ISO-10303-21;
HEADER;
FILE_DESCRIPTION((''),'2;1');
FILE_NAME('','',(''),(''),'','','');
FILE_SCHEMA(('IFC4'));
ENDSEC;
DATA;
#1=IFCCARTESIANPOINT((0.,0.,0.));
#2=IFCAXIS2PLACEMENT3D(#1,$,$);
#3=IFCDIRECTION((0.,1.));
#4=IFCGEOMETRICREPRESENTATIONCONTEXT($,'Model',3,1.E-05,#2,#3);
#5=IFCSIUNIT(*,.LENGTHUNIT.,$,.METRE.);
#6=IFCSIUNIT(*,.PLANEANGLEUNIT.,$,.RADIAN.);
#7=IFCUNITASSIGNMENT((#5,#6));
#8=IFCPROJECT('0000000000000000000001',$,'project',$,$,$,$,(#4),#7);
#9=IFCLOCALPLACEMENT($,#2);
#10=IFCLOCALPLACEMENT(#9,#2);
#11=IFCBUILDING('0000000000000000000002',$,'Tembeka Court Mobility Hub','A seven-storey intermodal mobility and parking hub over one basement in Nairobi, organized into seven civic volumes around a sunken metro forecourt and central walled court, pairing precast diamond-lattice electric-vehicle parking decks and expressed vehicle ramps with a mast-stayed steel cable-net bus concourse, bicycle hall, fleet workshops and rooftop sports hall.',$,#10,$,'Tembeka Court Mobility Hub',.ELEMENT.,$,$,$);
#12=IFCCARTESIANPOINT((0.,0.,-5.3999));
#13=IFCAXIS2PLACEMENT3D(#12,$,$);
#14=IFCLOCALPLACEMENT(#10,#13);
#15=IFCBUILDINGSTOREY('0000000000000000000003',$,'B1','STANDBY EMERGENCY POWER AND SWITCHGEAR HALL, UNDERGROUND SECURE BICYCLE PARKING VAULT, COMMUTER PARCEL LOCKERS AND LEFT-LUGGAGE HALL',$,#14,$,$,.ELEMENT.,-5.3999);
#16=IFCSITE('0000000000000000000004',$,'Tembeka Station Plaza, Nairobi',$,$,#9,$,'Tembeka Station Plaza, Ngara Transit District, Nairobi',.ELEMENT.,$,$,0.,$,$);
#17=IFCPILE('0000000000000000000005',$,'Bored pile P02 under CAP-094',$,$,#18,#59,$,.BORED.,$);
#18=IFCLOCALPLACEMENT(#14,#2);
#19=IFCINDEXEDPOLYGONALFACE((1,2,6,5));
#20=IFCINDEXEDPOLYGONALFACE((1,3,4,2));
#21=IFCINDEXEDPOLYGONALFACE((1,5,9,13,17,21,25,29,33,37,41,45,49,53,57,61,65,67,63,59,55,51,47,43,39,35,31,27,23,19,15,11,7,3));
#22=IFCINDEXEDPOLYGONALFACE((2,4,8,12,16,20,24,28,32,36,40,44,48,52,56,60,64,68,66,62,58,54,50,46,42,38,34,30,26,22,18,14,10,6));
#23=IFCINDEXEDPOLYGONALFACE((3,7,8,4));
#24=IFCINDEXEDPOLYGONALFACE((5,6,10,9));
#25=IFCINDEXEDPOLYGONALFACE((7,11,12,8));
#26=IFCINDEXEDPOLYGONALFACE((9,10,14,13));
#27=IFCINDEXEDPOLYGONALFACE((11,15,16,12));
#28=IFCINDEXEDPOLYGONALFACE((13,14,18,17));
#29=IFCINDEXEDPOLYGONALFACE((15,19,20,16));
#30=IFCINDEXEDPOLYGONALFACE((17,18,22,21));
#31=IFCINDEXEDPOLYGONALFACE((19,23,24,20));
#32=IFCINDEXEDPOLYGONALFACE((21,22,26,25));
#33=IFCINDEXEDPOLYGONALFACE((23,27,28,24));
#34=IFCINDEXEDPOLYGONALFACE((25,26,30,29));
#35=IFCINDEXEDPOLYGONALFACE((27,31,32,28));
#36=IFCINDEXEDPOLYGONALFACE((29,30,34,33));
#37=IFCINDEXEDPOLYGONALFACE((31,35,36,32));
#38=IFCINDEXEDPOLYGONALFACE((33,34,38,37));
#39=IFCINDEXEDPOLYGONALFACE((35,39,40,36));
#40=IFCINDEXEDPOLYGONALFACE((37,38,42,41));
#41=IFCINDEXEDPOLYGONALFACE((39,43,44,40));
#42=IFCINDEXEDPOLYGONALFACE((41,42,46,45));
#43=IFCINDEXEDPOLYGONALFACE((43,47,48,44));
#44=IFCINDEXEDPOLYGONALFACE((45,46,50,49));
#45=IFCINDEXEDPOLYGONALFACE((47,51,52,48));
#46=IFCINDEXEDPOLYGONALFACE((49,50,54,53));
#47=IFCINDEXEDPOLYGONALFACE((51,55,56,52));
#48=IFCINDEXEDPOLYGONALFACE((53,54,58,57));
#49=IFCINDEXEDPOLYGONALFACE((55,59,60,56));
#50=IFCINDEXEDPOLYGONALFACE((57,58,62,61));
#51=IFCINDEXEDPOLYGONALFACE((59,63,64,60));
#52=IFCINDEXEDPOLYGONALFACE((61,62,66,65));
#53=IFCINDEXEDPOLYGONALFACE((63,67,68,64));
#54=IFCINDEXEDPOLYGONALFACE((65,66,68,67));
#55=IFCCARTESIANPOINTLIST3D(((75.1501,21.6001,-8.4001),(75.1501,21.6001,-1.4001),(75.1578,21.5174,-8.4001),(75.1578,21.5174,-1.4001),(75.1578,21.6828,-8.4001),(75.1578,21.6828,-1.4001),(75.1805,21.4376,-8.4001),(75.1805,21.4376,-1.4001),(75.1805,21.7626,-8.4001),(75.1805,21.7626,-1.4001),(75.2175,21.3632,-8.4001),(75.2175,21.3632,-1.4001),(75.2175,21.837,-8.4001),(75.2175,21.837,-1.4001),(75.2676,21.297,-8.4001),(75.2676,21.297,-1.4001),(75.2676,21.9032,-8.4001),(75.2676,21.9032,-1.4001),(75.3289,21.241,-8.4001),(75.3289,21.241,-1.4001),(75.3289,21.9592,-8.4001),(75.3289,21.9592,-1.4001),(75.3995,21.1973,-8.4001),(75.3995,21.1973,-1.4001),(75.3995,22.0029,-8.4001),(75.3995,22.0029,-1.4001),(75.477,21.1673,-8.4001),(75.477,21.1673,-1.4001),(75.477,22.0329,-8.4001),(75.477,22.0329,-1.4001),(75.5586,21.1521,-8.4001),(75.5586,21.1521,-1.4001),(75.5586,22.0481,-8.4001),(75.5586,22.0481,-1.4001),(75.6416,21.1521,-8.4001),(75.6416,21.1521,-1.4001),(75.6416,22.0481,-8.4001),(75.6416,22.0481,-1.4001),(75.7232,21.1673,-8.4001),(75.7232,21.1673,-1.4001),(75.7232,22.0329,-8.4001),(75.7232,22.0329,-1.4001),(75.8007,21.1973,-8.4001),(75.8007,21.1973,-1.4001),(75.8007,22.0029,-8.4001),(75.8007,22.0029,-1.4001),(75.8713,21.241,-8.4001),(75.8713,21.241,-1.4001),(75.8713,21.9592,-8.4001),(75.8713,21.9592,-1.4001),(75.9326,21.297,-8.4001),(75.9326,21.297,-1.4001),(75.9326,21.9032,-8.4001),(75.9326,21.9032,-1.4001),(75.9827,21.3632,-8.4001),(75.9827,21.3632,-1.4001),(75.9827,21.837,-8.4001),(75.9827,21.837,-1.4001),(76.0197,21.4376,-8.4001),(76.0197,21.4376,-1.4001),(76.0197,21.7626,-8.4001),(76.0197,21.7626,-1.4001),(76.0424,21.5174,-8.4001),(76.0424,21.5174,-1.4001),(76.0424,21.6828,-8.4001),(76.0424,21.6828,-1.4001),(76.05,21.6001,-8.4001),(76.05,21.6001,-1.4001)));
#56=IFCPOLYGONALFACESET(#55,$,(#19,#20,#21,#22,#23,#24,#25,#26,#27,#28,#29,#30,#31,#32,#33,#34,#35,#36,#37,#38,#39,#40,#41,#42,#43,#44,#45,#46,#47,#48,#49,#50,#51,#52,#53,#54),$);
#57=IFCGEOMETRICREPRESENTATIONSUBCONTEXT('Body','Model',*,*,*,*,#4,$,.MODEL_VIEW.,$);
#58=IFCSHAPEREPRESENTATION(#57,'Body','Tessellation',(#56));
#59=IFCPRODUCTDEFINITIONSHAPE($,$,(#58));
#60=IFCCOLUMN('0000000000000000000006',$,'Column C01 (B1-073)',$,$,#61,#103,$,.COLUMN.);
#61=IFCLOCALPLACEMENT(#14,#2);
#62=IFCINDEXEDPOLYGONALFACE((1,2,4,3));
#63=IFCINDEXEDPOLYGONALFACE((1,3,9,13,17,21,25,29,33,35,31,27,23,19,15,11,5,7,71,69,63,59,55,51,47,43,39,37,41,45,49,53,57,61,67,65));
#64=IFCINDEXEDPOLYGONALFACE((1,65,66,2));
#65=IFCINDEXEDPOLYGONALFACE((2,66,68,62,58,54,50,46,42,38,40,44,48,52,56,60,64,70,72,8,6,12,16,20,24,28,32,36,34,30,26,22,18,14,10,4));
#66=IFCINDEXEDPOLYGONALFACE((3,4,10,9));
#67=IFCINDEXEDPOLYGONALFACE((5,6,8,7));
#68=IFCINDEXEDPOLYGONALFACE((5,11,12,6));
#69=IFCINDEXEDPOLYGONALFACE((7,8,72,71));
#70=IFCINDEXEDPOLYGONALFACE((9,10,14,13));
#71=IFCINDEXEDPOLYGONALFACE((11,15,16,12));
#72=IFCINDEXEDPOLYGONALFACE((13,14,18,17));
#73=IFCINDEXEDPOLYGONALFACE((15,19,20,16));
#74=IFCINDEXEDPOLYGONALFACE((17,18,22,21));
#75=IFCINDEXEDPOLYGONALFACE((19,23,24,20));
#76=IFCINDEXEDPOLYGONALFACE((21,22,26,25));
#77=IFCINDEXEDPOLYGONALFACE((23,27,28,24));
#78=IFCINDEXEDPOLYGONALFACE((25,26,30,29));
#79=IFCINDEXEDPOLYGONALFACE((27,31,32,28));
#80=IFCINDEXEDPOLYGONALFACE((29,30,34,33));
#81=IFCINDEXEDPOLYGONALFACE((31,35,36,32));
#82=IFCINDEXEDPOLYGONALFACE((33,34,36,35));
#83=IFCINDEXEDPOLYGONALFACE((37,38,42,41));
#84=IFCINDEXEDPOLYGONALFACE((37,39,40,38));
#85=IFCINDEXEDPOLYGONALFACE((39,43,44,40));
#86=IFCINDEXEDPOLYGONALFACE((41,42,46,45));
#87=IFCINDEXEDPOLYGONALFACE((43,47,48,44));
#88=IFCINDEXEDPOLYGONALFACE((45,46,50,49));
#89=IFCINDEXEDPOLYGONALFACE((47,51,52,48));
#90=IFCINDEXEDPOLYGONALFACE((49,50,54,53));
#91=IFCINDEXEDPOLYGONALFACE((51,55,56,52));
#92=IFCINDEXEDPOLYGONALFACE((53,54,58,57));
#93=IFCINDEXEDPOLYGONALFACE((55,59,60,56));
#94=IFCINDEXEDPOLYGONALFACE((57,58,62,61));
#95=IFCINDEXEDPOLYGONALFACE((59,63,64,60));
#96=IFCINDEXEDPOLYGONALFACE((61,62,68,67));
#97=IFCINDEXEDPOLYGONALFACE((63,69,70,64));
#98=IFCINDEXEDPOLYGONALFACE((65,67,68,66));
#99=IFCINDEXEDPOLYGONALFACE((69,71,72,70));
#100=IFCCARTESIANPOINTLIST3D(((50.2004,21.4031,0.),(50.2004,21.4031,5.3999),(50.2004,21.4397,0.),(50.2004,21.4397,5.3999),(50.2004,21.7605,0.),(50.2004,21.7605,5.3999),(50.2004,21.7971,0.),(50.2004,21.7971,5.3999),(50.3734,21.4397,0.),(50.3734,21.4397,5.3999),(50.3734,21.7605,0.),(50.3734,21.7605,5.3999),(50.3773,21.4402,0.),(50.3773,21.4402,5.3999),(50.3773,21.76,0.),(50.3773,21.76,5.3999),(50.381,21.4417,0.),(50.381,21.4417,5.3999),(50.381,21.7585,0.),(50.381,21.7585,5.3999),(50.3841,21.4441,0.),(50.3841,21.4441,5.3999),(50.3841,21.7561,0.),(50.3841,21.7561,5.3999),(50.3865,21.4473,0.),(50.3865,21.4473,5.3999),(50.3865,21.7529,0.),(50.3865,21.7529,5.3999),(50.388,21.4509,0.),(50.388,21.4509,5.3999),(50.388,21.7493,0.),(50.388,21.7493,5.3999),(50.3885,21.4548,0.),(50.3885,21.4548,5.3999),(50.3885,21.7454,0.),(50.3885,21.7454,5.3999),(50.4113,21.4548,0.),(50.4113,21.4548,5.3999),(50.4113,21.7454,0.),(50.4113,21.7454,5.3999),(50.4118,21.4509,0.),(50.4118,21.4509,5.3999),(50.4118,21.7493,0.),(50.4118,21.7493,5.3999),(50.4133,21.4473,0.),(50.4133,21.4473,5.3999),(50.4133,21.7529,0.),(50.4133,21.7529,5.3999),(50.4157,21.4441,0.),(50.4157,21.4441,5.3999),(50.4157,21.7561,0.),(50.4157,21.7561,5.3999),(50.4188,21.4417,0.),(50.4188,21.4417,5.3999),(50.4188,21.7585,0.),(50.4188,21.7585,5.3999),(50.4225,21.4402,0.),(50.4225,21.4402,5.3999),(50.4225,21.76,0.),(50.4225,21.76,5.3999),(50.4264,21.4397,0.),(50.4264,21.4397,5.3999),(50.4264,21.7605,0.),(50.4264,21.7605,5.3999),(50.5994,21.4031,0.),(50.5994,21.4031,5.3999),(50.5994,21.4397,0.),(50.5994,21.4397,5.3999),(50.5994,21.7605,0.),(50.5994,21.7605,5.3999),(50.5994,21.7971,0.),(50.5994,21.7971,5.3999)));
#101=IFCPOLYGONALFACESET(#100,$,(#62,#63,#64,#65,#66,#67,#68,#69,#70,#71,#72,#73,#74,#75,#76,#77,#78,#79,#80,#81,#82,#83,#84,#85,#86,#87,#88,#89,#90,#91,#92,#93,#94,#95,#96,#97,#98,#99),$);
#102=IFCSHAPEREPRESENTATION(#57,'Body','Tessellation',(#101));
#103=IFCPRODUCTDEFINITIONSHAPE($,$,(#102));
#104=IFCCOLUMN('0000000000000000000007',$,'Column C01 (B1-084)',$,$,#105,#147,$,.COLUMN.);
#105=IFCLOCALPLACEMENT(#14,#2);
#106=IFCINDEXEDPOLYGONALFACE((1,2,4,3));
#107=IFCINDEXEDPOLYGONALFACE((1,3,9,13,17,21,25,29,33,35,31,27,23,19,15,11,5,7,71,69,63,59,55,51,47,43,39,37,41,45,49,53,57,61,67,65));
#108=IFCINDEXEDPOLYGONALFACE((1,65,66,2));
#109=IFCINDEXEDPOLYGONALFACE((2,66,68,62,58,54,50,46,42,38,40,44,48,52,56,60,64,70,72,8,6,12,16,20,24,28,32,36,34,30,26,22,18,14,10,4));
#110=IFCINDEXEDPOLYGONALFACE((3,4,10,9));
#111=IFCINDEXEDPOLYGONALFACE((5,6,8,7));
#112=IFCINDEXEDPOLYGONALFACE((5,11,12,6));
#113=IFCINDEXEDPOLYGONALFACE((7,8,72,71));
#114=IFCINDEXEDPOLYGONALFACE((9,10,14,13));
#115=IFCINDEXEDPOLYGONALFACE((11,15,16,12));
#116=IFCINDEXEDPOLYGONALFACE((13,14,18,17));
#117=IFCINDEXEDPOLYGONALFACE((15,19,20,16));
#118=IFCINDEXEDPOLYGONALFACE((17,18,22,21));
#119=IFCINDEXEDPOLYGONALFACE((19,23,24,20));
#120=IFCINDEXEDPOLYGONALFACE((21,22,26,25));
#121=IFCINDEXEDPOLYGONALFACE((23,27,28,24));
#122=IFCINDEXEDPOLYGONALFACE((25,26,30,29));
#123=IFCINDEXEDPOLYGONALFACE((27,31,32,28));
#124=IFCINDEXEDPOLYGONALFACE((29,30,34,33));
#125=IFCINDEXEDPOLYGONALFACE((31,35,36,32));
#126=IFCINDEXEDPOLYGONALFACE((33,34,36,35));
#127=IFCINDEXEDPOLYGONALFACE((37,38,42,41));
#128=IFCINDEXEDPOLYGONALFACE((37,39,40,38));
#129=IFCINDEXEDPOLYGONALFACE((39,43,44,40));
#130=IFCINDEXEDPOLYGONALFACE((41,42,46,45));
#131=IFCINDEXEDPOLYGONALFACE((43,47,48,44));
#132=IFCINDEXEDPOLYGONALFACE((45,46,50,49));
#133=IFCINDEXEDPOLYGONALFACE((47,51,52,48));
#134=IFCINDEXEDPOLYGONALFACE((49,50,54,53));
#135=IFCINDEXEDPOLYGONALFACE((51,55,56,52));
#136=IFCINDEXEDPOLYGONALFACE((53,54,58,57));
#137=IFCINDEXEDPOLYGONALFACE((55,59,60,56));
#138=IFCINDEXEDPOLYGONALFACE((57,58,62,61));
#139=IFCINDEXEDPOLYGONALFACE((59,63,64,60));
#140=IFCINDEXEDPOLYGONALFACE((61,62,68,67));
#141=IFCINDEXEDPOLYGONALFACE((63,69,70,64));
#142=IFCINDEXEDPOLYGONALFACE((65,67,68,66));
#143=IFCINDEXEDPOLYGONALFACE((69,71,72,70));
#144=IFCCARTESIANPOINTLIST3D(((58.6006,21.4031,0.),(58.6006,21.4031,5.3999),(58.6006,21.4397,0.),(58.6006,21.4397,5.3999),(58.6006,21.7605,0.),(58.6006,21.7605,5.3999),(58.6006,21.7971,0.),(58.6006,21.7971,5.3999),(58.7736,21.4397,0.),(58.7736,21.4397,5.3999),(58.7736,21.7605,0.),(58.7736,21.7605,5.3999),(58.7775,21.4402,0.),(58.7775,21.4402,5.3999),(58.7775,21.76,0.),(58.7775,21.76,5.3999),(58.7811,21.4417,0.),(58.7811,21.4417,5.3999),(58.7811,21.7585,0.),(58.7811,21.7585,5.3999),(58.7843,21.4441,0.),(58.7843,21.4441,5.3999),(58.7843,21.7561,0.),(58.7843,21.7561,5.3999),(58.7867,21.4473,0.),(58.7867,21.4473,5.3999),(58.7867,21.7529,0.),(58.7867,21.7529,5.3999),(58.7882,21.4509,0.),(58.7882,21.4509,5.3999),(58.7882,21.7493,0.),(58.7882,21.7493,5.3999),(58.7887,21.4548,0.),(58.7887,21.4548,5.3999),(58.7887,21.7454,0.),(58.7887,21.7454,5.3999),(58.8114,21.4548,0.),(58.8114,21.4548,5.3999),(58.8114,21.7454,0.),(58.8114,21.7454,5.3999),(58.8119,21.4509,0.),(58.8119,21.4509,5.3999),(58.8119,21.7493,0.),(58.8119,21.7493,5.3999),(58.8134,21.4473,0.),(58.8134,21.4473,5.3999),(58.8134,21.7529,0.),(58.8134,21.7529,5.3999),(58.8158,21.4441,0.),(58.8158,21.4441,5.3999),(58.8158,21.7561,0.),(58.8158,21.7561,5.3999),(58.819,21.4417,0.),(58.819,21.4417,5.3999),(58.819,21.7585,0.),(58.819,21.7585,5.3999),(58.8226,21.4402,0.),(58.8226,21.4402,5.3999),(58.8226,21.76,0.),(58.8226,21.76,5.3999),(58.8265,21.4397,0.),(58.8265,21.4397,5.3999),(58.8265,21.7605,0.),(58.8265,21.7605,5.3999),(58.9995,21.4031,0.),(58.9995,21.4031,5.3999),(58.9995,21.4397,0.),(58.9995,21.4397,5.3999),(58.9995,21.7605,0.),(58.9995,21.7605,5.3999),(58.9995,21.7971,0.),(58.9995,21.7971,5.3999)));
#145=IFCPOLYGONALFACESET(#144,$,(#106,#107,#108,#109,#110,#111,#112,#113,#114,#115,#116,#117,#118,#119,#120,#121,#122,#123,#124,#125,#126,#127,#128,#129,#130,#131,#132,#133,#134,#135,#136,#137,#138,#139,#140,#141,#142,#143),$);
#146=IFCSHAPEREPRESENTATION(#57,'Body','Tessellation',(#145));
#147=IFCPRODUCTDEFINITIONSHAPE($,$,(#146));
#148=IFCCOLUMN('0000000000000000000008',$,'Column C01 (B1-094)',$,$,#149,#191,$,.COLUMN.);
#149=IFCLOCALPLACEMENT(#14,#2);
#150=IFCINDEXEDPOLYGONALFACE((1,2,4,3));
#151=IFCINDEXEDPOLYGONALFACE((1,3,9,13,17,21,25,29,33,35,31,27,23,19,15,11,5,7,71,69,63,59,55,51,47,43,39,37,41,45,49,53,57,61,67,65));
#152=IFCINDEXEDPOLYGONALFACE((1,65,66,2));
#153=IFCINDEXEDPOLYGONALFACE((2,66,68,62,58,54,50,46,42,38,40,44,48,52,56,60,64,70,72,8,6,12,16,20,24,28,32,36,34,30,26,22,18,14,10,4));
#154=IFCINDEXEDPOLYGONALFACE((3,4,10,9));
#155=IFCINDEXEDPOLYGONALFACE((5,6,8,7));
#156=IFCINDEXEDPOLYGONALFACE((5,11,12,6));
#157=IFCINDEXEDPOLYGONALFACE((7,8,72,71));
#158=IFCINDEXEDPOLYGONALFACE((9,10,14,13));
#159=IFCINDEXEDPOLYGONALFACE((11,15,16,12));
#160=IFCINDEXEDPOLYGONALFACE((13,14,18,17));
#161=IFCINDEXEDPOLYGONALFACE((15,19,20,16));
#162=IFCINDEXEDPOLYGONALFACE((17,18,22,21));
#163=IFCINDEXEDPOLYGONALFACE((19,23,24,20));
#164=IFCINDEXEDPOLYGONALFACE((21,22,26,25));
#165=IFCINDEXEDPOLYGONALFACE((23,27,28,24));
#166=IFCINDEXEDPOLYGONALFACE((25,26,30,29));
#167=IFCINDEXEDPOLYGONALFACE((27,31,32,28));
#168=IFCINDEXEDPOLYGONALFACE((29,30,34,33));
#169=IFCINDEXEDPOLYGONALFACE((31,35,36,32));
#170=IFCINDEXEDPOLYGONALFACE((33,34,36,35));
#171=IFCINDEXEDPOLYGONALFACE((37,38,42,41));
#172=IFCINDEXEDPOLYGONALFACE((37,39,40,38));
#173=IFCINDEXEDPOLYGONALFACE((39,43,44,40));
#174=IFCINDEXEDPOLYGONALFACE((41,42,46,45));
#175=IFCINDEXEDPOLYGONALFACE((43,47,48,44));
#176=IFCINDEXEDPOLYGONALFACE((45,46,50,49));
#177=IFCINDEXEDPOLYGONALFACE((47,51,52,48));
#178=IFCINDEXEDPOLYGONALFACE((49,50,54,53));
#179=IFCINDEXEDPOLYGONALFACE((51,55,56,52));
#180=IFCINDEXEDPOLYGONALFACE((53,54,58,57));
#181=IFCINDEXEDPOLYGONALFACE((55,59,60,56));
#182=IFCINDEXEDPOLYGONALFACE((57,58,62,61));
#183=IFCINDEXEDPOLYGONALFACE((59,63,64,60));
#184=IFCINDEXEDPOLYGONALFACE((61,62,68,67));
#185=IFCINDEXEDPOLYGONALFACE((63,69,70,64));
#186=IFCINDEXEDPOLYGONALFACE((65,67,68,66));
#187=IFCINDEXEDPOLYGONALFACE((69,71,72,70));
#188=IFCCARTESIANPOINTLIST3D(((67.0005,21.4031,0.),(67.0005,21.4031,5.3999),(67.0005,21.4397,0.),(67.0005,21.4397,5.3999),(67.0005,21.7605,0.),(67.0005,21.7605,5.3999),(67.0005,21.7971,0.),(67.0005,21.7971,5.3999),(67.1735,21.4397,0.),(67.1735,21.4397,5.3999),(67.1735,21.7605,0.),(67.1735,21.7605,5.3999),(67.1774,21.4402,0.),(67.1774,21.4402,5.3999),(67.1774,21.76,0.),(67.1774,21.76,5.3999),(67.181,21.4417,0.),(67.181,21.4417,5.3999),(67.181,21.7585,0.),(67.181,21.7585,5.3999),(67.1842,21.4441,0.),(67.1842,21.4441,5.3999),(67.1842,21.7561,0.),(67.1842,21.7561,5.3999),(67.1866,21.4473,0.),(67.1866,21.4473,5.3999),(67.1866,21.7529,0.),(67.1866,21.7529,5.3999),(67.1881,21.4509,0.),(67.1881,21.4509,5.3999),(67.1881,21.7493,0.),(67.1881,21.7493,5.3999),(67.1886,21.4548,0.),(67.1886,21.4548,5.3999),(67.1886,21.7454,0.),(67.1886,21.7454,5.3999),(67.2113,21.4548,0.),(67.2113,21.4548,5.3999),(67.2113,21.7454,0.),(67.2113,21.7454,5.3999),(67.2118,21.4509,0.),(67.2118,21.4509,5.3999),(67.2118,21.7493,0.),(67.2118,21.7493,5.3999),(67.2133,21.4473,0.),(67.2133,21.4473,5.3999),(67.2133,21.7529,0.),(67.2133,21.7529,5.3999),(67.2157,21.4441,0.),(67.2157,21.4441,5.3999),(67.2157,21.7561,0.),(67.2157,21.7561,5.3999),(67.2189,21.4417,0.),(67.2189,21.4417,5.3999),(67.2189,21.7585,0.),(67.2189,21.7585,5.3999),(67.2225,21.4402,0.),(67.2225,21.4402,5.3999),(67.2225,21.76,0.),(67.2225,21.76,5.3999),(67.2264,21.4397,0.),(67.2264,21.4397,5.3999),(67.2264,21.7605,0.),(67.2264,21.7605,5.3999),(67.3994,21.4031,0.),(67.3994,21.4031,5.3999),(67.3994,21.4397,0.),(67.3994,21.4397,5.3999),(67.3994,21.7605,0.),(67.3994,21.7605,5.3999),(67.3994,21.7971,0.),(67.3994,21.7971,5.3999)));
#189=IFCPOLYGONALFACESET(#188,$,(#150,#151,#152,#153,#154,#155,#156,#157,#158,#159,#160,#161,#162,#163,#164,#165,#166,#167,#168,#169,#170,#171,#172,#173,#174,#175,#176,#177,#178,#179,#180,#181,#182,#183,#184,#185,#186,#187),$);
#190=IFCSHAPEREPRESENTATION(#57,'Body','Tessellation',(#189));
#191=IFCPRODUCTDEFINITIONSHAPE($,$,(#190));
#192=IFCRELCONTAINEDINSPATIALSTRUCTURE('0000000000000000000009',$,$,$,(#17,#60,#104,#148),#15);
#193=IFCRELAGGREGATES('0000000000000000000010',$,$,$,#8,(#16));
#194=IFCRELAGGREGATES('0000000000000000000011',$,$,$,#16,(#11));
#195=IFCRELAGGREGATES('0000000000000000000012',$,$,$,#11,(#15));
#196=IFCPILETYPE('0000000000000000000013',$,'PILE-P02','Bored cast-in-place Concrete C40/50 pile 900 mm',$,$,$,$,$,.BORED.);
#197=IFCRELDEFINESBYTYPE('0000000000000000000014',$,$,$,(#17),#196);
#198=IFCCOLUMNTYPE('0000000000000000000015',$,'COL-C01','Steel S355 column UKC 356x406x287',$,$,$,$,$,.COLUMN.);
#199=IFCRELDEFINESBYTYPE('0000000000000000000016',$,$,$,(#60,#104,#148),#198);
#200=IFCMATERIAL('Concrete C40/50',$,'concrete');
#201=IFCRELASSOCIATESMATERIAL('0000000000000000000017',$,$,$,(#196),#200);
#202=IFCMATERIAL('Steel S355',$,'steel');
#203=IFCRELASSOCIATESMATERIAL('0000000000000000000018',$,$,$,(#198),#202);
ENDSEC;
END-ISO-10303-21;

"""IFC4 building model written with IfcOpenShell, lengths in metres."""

from ifc_helpers import new_model, si_unit, direction, frame, origin, origin_2d, place, context, subcontext, project, spatial, circle, i_section, extrude, material, material_profile, profile_set, type_object, element, save


model = new_model("IFC4")

# Units and contexts
model_context = context("Model", 3, precision=1e-05, world=origin(), true_north=direction((0.0, 1.0)))
body_context = subcontext(model_context, "Body", "Model", "MODEL_VIEW")
ifc_project = project(units=[si_unit("LENGTHUNIT", "METRE"), si_unit("PLANEANGLEUNIT", "RADIAN")], contexts=[model_context])

# Site, building, storey
site_placement = place(None, origin())
site = spatial("IfcSite", under=ifc_project, at=site_placement, Name="Tembeka Station Plaza, Nairobi", LongName="Tembeka Station Plaza, Ngara Transit District, Nairobi", CompositionType="ELEMENT", RefElevation=0.0)
building_placement = place(site_placement, origin())
building = spatial("IfcBuilding", under=site, at=building_placement, Name="Tembeka Court Mobility Hub", Description="A seven-storey intermodal mobility and parking hub over one basement in Nairobi, organized into seven civic volumes around a sunken metro forecourt and central walled court, pairing precast diamond-lattice electric-vehicle parking decks and expressed vehicle ramps with a mast-stayed steel cable-net bus concourse, bicycle hall, fleet workshops and rooftop sports hall.", LongName="Tembeka Court Mobility Hub", CompositionType="ELEMENT")
storey_placement = place(building_placement, frame((0.0, 0.0, -5.3999)))
storey = spatial("IfcBuildingStorey", under=building, at=storey_placement, Name="B1", Description="STANDBY EMERGENCY POWER AND SWITCHGEAR HALL, UNDERGROUND SECURE BICYCLE PARKING VAULT, COMMUTER PARCEL LOCKERS AND LEFT-LUGGAGE HALL", CompositionType="ELEMENT", Elevation=-5.3999)

# Shared definitions
ifc_material_1 = material(Name="Concrete C40/50", Category="concrete")

# Pile
ifc_material_profile_1 = material_profile(ifc_material_1, circle(Radius=0.45, at=origin_2d()), Name="PILE D900")
ifc_profile_set_1 = profile_set([ifc_material_profile_1], Name="Concrete C40/50")
pile_type = type_object("IfcPileType", Name="PILE-P02", Description="Bored cast-in-place Concrete C40/50 pile 900 mm", PredefinedType="BORED", material=ifc_profile_set_1)
for number, where, z_axis, x_axis, name in (
    (1, (75.6001, 21.6001, -1.4001), (0.0, 0.0, -1.0), (1.0, 0.0, 0.0), "Bored pile P02 under CAP-094"),
):
    element("IfcPile", number, at=place(storey_placement, frame(where, z_axis=z_axis, x_axis=x_axis)), inside=storey, type_object=pile_type, Name=name, PredefinedType="BORED", context=body_context, shape_type="SweptSolid", body=[
        extrude(circle(Radius=0.45, at=origin_2d()), origin(), (0.0, 0.0, 1.0), 7.0),
    ])

# Columns
ifc_material_2 = material(Name="Steel S355", Category="steel")
ifc_material_profile_2 = material_profile(ifc_material_2, i_section(OverallWidth=0.3989, OverallDepth=0.394, WebThickness=0.0227, FlangeThickness=0.0366, FilletRadius=0.0151, at=origin_2d()), Name="UKC 356x406x287")
ifc_profile_set_2 = profile_set([ifc_material_profile_2], Name="Steel S355")
column_type = type_object("IfcColumnType", Name="COL-C01", Description="Steel S355 column UKC 356x406x287", PredefinedType="COLUMN", material=ifc_profile_set_2)
for number, where, z_axis, x_axis, name in (
    (2, (50.3999, 21.6001, 0.0), (0.0, 0.0, 1.0), (1.0, 0.0, 0.0), "Column C01 (B1-073)"),
    (3, (58.8, 21.6001, 0.0), (0.0, 0.0, 1.0), (1.0, 0.0, 0.0), "Column C01 (B1-084)"),
    (4, (67.2, 21.6001, 0.0), (0.0, 0.0, 1.0), (1.0, 0.0, 0.0), "Column C01 (B1-094)"),
):
    element("IfcColumn", number, at=place(storey_placement, frame(where, z_axis=z_axis, x_axis=x_axis)), inside=storey, type_object=column_type, Name=name, PredefinedType="COLUMN", context=body_context, shape_type="SweptSolid", body=[
        extrude(i_section(OverallWidth=0.3989, OverallDepth=0.394, WebThickness=0.0227, FlangeThickness=0.0366, FilletRadius=0.0151, at=origin_2d()), origin(), (0.0, 0.0, 1.0), 5.3999),
    ])

save(model, "model.ifc")
